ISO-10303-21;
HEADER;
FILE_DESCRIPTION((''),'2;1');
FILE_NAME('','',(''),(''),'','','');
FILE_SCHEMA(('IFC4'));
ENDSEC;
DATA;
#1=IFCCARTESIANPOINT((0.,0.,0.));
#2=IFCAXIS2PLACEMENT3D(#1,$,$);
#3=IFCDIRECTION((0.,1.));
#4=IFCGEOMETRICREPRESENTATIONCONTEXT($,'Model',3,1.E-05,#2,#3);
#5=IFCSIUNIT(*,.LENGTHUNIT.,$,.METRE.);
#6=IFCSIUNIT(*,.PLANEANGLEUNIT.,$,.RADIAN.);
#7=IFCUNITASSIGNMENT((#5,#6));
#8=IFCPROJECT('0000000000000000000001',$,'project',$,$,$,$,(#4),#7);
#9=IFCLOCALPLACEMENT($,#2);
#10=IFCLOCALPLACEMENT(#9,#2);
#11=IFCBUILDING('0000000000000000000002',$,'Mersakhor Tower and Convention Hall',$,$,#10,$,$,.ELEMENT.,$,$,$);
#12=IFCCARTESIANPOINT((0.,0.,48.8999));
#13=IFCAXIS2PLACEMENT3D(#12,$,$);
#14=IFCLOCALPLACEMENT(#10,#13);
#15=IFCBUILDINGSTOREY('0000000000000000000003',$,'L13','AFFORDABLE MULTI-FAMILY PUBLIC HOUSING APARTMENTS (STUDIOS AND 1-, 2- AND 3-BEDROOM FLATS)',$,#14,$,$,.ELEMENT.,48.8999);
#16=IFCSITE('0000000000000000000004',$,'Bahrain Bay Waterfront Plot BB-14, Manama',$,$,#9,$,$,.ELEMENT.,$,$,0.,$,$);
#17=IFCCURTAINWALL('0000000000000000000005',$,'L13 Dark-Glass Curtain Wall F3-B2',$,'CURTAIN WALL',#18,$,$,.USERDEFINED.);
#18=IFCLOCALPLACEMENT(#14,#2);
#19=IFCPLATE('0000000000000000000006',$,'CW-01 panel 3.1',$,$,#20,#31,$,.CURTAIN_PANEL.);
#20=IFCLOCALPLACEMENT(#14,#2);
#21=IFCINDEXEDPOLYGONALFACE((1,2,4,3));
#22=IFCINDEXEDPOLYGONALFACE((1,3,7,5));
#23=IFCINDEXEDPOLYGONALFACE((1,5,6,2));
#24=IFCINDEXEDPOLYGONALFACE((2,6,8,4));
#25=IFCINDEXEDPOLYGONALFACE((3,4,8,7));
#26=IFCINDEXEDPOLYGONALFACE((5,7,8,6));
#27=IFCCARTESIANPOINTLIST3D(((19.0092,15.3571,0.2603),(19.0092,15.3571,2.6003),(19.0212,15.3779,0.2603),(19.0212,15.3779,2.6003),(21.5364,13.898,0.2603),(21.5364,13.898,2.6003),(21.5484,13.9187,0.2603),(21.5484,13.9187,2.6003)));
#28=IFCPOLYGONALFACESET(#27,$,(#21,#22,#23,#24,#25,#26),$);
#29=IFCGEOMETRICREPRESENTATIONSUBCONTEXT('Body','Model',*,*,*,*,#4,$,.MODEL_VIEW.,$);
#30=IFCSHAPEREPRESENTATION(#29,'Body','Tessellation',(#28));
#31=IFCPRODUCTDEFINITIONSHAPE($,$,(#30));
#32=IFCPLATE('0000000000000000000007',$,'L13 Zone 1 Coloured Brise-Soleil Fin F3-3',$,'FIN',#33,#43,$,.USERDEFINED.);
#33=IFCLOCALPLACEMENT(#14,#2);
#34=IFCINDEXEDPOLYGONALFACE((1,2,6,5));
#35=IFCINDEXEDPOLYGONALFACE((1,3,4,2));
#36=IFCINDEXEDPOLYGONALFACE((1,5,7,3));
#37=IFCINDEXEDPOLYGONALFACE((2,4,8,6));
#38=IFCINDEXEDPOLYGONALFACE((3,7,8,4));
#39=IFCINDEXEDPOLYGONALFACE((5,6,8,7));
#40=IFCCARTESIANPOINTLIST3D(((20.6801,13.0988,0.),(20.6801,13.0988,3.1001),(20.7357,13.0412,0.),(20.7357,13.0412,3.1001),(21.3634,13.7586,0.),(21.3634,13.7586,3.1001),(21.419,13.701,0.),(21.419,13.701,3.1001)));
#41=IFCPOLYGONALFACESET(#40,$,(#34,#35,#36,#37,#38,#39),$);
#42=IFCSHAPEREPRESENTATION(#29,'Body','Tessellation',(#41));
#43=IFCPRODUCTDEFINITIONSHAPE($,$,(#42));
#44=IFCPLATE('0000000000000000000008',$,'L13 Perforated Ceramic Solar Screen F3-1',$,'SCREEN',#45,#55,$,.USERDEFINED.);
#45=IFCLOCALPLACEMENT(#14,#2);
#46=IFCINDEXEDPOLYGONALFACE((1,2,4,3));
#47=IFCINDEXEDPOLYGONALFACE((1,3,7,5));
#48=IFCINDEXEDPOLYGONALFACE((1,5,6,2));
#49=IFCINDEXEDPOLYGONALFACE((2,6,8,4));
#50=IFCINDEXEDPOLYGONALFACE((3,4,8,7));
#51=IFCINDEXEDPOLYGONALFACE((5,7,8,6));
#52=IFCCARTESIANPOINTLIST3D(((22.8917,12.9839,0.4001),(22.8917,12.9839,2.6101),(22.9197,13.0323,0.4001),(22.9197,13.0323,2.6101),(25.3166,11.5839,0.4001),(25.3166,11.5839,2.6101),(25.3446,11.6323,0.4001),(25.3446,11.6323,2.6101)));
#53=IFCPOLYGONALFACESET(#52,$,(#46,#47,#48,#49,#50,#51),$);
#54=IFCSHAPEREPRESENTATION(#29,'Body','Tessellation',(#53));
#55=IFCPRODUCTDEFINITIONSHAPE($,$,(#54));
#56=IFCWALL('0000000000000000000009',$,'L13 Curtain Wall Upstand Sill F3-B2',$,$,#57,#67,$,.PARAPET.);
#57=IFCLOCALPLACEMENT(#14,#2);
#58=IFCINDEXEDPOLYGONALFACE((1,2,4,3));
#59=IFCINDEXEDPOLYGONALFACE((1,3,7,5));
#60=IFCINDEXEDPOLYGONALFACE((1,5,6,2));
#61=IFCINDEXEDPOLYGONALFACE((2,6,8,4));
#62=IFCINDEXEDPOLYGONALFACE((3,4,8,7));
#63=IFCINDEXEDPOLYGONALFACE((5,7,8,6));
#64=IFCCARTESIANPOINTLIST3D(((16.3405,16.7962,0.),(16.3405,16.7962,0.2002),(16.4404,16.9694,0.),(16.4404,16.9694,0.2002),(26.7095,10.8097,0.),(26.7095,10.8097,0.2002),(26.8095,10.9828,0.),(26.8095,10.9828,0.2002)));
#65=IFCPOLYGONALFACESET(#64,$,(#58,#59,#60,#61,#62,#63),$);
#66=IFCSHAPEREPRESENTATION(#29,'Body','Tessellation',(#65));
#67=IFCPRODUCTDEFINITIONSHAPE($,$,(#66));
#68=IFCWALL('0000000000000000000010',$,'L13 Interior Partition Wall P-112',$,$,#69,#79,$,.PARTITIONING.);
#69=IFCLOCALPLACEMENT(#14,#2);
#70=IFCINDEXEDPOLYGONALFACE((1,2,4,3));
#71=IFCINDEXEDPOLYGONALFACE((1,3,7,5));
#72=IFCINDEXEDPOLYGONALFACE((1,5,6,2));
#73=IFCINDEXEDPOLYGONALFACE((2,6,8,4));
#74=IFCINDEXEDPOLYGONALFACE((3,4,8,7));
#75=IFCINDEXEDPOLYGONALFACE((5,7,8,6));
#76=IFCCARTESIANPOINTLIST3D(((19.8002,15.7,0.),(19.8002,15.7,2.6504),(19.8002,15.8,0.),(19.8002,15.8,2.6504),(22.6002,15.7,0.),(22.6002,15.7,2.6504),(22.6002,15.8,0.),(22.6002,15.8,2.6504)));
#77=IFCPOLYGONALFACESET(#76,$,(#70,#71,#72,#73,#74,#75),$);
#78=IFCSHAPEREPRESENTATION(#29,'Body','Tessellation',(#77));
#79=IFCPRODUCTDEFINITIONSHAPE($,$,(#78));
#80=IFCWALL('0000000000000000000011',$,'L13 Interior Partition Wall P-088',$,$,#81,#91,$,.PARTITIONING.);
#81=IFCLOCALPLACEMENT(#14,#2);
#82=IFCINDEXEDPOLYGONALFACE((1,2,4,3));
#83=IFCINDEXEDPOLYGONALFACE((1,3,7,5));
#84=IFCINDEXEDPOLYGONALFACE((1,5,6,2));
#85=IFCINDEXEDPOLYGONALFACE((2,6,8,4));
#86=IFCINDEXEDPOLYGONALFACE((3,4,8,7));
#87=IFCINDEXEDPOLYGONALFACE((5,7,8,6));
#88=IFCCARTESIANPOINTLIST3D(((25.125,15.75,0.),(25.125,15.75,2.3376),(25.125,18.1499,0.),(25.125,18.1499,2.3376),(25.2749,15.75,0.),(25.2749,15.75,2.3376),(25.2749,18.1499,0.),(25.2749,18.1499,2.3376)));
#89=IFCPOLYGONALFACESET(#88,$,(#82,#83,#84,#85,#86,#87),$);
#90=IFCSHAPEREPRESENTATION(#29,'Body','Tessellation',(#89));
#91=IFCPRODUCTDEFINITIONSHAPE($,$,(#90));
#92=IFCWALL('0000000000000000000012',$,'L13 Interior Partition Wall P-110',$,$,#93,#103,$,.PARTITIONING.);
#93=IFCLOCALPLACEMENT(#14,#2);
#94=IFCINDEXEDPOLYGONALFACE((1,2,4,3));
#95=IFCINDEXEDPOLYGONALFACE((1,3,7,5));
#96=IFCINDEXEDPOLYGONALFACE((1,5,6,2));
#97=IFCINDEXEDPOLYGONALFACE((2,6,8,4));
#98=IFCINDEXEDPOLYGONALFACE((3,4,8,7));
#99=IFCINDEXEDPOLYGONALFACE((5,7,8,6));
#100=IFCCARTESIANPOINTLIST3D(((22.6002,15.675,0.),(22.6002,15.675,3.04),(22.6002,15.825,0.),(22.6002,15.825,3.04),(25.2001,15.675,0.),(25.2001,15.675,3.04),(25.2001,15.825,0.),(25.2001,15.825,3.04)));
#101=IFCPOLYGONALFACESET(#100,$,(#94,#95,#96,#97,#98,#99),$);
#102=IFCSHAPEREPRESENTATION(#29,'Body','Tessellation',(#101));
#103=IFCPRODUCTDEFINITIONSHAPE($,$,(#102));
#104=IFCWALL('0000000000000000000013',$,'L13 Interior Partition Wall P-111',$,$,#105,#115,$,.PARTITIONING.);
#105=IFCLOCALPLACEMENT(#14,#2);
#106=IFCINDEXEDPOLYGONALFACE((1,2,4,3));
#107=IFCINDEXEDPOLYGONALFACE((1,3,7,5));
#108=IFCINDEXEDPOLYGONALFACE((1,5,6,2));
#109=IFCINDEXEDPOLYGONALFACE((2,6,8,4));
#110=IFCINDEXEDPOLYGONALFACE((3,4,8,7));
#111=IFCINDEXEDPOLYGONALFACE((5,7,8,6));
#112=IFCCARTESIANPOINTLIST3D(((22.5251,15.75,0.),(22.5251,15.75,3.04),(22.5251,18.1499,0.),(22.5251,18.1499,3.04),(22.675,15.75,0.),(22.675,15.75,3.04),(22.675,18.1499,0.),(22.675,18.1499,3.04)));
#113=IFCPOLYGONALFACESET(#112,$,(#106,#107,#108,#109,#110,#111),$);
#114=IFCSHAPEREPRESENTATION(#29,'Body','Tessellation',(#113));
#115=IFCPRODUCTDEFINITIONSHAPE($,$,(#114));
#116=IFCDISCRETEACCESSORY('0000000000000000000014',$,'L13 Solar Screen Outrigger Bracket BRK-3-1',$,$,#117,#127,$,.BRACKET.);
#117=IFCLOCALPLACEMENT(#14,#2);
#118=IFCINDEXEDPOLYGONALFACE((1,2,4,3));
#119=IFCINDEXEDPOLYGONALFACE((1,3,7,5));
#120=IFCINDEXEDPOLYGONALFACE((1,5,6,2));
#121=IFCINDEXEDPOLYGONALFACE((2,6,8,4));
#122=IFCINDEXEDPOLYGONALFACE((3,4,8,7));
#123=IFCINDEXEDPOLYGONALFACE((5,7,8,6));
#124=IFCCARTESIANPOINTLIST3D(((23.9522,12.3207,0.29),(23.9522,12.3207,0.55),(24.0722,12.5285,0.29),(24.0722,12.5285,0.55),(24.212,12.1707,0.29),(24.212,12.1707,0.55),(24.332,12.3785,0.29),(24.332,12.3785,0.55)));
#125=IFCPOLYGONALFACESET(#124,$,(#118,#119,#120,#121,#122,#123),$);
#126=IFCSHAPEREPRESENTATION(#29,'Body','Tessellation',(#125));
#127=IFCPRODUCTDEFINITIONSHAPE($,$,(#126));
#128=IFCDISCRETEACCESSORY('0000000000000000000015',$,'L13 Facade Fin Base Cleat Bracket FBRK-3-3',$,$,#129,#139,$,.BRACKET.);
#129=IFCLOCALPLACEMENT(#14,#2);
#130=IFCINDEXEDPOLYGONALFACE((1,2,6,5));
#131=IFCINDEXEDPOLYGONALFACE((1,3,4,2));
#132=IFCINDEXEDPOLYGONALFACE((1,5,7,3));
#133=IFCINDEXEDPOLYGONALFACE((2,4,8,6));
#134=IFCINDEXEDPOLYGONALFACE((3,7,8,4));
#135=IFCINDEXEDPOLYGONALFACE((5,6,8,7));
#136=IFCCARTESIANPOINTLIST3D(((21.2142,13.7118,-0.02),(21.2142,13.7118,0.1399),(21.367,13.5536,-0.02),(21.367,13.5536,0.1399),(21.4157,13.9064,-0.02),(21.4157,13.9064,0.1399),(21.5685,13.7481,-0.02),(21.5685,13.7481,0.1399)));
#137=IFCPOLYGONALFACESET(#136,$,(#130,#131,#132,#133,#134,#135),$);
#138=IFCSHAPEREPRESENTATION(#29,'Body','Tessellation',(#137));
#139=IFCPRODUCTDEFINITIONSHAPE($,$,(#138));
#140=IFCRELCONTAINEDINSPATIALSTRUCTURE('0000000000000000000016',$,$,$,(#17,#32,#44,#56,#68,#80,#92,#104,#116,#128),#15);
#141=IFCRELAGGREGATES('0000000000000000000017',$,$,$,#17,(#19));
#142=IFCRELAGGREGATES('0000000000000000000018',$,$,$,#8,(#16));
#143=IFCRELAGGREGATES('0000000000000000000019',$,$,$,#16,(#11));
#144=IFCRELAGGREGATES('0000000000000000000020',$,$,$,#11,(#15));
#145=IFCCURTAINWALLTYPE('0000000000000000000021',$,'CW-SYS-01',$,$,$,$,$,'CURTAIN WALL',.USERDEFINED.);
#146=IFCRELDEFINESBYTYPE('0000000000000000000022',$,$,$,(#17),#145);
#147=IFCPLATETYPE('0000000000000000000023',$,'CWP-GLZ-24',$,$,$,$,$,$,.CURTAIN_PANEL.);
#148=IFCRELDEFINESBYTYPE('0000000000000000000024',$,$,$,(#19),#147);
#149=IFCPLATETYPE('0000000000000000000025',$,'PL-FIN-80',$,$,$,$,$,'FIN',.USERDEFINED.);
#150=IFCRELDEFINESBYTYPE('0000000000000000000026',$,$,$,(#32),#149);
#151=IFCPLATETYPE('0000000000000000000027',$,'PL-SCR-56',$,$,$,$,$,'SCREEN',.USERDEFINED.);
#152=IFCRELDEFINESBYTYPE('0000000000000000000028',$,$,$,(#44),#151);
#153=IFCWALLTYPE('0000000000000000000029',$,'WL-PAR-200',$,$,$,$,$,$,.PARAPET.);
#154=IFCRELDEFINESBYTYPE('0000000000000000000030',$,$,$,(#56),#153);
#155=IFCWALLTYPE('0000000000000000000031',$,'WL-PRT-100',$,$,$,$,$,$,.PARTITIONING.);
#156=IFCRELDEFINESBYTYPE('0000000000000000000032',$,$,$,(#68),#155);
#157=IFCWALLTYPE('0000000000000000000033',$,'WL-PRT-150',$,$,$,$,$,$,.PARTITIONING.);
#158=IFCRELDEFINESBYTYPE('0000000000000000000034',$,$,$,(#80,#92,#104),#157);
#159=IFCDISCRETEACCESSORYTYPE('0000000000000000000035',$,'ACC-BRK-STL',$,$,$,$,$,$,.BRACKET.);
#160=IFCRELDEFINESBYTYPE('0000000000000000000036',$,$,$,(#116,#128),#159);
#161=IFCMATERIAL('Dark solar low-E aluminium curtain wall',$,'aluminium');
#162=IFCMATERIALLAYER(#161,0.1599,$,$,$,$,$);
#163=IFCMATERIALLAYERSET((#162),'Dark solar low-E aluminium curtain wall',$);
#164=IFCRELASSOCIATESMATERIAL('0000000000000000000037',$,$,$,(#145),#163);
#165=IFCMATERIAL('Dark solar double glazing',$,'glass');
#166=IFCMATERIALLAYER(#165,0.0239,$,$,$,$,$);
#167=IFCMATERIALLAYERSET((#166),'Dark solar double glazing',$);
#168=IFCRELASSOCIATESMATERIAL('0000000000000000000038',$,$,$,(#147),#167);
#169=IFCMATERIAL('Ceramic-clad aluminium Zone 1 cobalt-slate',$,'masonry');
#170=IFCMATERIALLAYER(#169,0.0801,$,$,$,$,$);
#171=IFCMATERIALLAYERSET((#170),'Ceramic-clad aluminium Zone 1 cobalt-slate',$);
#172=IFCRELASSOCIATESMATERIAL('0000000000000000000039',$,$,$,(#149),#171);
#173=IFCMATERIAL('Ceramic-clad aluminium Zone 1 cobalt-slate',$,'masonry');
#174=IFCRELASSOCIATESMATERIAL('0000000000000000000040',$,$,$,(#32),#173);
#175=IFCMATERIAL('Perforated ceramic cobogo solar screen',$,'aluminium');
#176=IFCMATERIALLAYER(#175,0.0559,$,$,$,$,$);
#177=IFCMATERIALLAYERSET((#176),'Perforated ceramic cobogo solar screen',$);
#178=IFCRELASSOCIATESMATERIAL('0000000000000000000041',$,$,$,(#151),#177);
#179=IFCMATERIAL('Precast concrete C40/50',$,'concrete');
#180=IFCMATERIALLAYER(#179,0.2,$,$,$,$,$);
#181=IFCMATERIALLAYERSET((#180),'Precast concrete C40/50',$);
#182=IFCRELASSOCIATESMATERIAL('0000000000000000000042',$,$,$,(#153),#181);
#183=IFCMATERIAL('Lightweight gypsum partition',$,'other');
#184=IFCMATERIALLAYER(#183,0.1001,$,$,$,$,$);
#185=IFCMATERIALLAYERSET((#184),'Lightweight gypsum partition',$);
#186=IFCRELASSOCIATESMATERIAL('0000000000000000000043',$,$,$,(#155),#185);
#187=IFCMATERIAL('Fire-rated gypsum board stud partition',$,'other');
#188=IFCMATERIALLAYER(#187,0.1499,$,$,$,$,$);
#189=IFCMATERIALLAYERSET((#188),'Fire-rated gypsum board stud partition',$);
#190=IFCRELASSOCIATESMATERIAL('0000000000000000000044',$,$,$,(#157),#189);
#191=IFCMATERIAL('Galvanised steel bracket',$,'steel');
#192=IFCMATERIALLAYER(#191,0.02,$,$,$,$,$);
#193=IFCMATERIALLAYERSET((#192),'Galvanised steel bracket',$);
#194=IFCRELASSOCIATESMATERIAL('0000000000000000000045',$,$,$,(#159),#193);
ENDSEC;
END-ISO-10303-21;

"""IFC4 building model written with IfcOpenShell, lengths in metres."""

from ifc_helpers import new_model, si_unit, direction, frame, frame_2d, origin, origin_2d, place, context, subcontext, project, spatial, rectangle, extrude, material, layer, layer_set, type_object, element, aggregate, save


model = new_model("IFC4")

# Units and contexts
model_context = context("Model", 3, precision=1e-05, world=origin(), true_north=direction((0.0, 1.0)))
body_context = subcontext(model_context, "Body", "Model", "MODEL_VIEW")
ifc_project = project(units=[si_unit("LENGTHUNIT", "METRE"), si_unit("PLANEANGLEUNIT", "RADIAN")], contexts=[model_context])

# Site, building, storey
site_placement = place(None, origin())
site = spatial("IfcSite", under=ifc_project, at=site_placement, Name="Bahrain Bay Waterfront Plot BB-14, Manama", CompositionType="ELEMENT", RefElevation=0.0)
building_placement = place(site_placement, origin())
building = spatial("IfcBuilding", under=site, at=building_placement, Name="Mersakhor Tower and Convention Hall", CompositionType="ELEMENT")
storey_placement = place(building_placement, frame((0.0, 0.0, 48.8999)))
storey = spatial("IfcBuildingStorey", under=building, at=storey_placement, Name="L13", Description="AFFORDABLE MULTI-FAMILY PUBLIC HOUSING APARTMENTS (STUDIOS AND 1-, 2- AND 3-BEDROOM FLATS)", CompositionType="ELEMENT", Elevation=48.8999)

# Curtain wall, plate
ifc_material_1 = material(Name="Dark solar low-E aluminium curtain wall", Category="aluminium")
ifc_layer_1 = layer(ifc_material_1, 0.1599)
ifc_layer_set_1 = layer_set([ifc_layer_1], Name="Dark solar low-E aluminium curtain wall")
curtain_wall_type = type_object("IfcCurtainWallType", Name="CW-SYS-01", ElementType="CURTAIN WALL", PredefinedType="USERDEFINED", material=ifc_layer_set_1)
curtain_wall_placement = place(storey_placement, origin())
curtain_wall = element("IfcCurtainWall", 1, at=curtain_wall_placement, inside=storey, type_object=curtain_wall_type, Name="L13 Dark-Glass Curtain Wall F3-B2", ObjectType="CURTAIN WALL", PredefinedType="USERDEFINED")
ifc_material_2 = material(Name="Dark solar double glazing", Category="glass")
ifc_layer_2 = layer(ifc_material_2, 0.0239)
ifc_layer_set_2 = layer_set([ifc_layer_2], Name="Dark solar double glazing")
plate_type_1 = type_object("IfcPlateType", Name="CWP-GLZ-24", PredefinedType="CURTAIN_PANEL", material=ifc_layer_set_2)
plate_1_placement = place(storey_placement, frame((20.2788, 14.6379, 0.2603), z_axis=(0.0, 0.0, 1.0), x_axis=(-0.866023, 0.500003, 0.0)))
plate_1 = element("IfcPlate", 2, at=plate_1_placement, type_object=plate_type_1, Name="CW-01 panel 3.1", PredefinedType="CURTAIN_PANEL", context=body_context, shape_type="SweptSolid", body=[
    extrude(rectangle(XDim=2.9182, YDim=0.0239, at=origin_2d()), origin(), (0.0, 0.0, 1.0), 2.3401),
])
aggregate(curtain_wall, [plate_1])

# Plates
ifc_material_3 = material(Name="Ceramic-clad aluminium Zone 1 cobalt-slate", Category="masonry")
ifc_material_4 = material(Name="Ceramic-clad aluminium Zone 1 cobalt-slate", Category="masonry")
ifc_layer_3 = layer(ifc_material_4, 0.0801)
ifc_layer_set_3 = layer_set([ifc_layer_3], Name="Ceramic-clad aluminium Zone 1 cobalt-slate")
plate_type_2 = type_object("IfcPlateType", Name="PL-FIN-80", ElementType="FIN", PredefinedType="USERDEFINED", material=ifc_layer_set_3)
plate_2_placement = place(storey_placement, frame((21.0496, 13.3999, 0.0), z_axis=(0.0, 0.0, 1.0), x_axis=(-0.71934, -0.694658, 0.0)))
element("IfcPlate", 3, at=plate_2_placement, inside=storey, type_object=plate_type_2, material=ifc_material_3, Name="L13 Zone 1 Coloured Brise-Soleil Fin F3-3", ObjectType="FIN", PredefinedType="USERDEFINED", context=body_context, shape_type="SweptSolid", body=[
    extrude(rectangle(XDim=0.95, YDim=0.0801, at=origin_2d()), origin(), (0.0, 0.0, 1.0), 3.1001),
])
ifc_material_5 = material(Name="Perforated ceramic cobogo solar screen", Category="aluminium")
ifc_layer_4 = layer(ifc_material_5, 0.0559)
ifc_layer_set_4 = layer_set([ifc_layer_4], Name="Perforated ceramic cobogo solar screen")
plate_type_3 = type_object("IfcPlateType", Name="PL-SCR-56", ElementType="SCREEN", PredefinedType="USERDEFINED", material=ifc_layer_set_4)
plate_3_placement = place(storey_placement, frame((24.1182, 12.3081, 0.4001), z_axis=(0.0, 0.0, 1.0), x_axis=(-0.866025, 0.5, 0.0)))
element("IfcPlate", 4, at=plate_3_placement, inside=storey, type_object=plate_type_3, Name="L13 Perforated Ceramic Solar Screen F3-1", ObjectType="SCREEN", PredefinedType="USERDEFINED", context=body_context, shape_type="SweptSolid", body=[
    extrude(rectangle(XDim=2.8, YDim=0.0559, at=origin_2d()), origin(), (0.0, 0.0, 1.0), 2.21),
])

# Walls
ifc_material_6 = material(Name="Precast concrete C40/50", Category="concrete")
ifc_layer_5 = layer(ifc_material_6, 0.2)
ifc_layer_set_5 = layer_set([ifc_layer_5], Name="Precast concrete C40/50")
wall_type_1 = type_object("IfcWallType", Name="WL-PAR-200", PredefinedType="PARAPET", material=ifc_layer_set_5)
wall_1_placement = place(storey_placement, frame((26.7595, 10.8962, 0.0), z_axis=(0.0, 0.0, 1.0), x_axis=(-0.866027, 0.499997, 0.0)))
element("IfcWall", 5, at=wall_1_placement, inside=storey, type_object=wall_type_1, Name="L13 Curtain Wall Upstand Sill F3-B2", PredefinedType="PARAPET", context=body_context, shape_type="SweptSolid", body=[
    extrude(rectangle(XDim=11.9731, YDim=0.2, at=frame_2d((5.9866, 0.0))), origin(), (0.0, 0.0, 1.0), 0.2002),
])
ifc_material_7 = material(Name="Lightweight gypsum partition", Category="other")
ifc_layer_6 = layer(ifc_material_7, 0.1001)
ifc_layer_set_6 = layer_set([ifc_layer_6], Name="Lightweight gypsum partition")
wall_type_2 = type_object("IfcWallType", Name="WL-PRT-100", PredefinedType="PARTITIONING", material=ifc_layer_set_6)
wall_2_placement = place(storey_placement, frame((22.6001, 15.75, 0.0), z_axis=(0.0, 0.0, 1.0), x_axis=(-1.0, 0.0, 0.0)))
element("IfcWall", 6, at=wall_2_placement, inside=storey, type_object=wall_type_2, Name="L13 Interior Partition Wall P-112", PredefinedType="PARTITIONING", context=body_context, shape_type="SweptSolid", body=[
    extrude(rectangle(XDim=2.8, YDim=0.1001, at=frame_2d((1.3999, 0.0))), origin(), (0.0, 0.0, 1.0), 2.6504),
])
ifc_material_8 = material(Name="Fire-rated gypsum board stud partition", Category="other")
ifc_layer_7 = layer(ifc_material_8, 0.1499)
ifc_layer_set_7 = layer_set([ifc_layer_7], Name="Fire-rated gypsum board stud partition")
wall_type_3 = type_object("IfcWallType", Name="WL-PRT-150", PredefinedType="PARTITIONING", material=ifc_layer_set_7)
wall_3_placement = place(storey_placement, frame((25.2, 15.75, 0.0), z_axis=(0.0, 0.0, 1.0), x_axis=(0.0, 1.0, 0.0)))
element("IfcWall", 7, at=wall_3_placement, inside=storey, type_object=wall_type_3, Name="L13 Interior Partition Wall P-088", PredefinedType="PARTITIONING", context=body_context, shape_type="SweptSolid", body=[
    extrude(rectangle(XDim=2.3999, YDim=0.1499, at=frame_2d((1.2, 0.0))), origin(), (0.0, 0.0, 1.0), 2.3376),
])
wall_4_placement = place(storey_placement, frame((25.2, 15.75, 0.0), z_axis=(0.0, 0.0, 1.0), x_axis=(-1.0, 0.0, 0.0)))
element("IfcWall", 8, at=wall_4_placement, inside=storey, type_object=wall_type_3, Name="L13 Interior Partition Wall P-110", PredefinedType="PARTITIONING", context=body_context, shape_type="SweptSolid", body=[
    extrude(rectangle(XDim=2.5999, YDim=0.1499, at=frame_2d((1.2998, 0.0))), origin(), (0.0, 0.0, 1.0), 3.04),
])
wall_5_placement = place(storey_placement, frame((22.6001, 15.75, 0.0), z_axis=(0.0, 0.0, 1.0), x_axis=(0.0, 1.0, 0.0)))
element("IfcWall", 9, at=wall_5_placement, inside=storey, type_object=wall_type_3, Name="L13 Interior Partition Wall P-111", PredefinedType="PARTITIONING", context=body_context, shape_type="SweptSolid", body=[
    extrude(rectangle(XDim=2.3999, YDim=0.1499, at=frame_2d((1.2, 0.0))), origin(), (0.0, 0.0, 1.0), 3.04),
])

# Discrete accessories
ifc_material_9 = material(Name="Galvanised steel bracket", Category="steel")
ifc_layer_8 = layer(ifc_material_9, 0.02)
ifc_layer_set_8 = layer_set([ifc_layer_8], Name="Galvanised steel bracket")
discrete_accessory_type = type_object("IfcDiscreteAccessoryType", Name="ACC-BRK-STL", PredefinedType="BRACKET", material=ifc_layer_set_8)
discrete_accessory_1_placement = place(storey_placement, frame((24.1421, 12.3496, 0.29), z_axis=(0.0, 0.0, 1.0), x_axis=(-0.866025, 0.5, 0.0)))
element("IfcDiscreteAccessory", 10, at=discrete_accessory_1_placement, inside=storey, type_object=discrete_accessory_type, Name="L13 Solar Screen Outrigger Bracket BRK-3-1", PredefinedType="BRACKET", context=body_context, shape_type="SweptSolid", body=[
    extrude(rectangle(XDim=0.3, YDim=0.24, at=origin_2d()), origin(), (0.0, 0.0, 1.0), 0.26),
])
discrete_accessory_2_placement = place(storey_placement, frame((21.3914, 13.73, -0.02), z_axis=(0.0, 0.0, 1.0), x_axis=(-0.71934, -0.694658, 0.0)))
element("IfcDiscreteAccessory", 11, at=discrete_accessory_2_placement, inside=storey, type_object=discrete_accessory_type, Name="L13 Facade Fin Base Cleat Bracket FBRK-3-3", PredefinedType="BRACKET", context=body_context, shape_type="SweptSolid", body=[
    extrude(rectangle(XDim=0.28, YDim=0.22, at=origin_2d()), origin(), (0.0, 0.0, 1.0), 0.1599),
])

save(model, "model.ifc")
